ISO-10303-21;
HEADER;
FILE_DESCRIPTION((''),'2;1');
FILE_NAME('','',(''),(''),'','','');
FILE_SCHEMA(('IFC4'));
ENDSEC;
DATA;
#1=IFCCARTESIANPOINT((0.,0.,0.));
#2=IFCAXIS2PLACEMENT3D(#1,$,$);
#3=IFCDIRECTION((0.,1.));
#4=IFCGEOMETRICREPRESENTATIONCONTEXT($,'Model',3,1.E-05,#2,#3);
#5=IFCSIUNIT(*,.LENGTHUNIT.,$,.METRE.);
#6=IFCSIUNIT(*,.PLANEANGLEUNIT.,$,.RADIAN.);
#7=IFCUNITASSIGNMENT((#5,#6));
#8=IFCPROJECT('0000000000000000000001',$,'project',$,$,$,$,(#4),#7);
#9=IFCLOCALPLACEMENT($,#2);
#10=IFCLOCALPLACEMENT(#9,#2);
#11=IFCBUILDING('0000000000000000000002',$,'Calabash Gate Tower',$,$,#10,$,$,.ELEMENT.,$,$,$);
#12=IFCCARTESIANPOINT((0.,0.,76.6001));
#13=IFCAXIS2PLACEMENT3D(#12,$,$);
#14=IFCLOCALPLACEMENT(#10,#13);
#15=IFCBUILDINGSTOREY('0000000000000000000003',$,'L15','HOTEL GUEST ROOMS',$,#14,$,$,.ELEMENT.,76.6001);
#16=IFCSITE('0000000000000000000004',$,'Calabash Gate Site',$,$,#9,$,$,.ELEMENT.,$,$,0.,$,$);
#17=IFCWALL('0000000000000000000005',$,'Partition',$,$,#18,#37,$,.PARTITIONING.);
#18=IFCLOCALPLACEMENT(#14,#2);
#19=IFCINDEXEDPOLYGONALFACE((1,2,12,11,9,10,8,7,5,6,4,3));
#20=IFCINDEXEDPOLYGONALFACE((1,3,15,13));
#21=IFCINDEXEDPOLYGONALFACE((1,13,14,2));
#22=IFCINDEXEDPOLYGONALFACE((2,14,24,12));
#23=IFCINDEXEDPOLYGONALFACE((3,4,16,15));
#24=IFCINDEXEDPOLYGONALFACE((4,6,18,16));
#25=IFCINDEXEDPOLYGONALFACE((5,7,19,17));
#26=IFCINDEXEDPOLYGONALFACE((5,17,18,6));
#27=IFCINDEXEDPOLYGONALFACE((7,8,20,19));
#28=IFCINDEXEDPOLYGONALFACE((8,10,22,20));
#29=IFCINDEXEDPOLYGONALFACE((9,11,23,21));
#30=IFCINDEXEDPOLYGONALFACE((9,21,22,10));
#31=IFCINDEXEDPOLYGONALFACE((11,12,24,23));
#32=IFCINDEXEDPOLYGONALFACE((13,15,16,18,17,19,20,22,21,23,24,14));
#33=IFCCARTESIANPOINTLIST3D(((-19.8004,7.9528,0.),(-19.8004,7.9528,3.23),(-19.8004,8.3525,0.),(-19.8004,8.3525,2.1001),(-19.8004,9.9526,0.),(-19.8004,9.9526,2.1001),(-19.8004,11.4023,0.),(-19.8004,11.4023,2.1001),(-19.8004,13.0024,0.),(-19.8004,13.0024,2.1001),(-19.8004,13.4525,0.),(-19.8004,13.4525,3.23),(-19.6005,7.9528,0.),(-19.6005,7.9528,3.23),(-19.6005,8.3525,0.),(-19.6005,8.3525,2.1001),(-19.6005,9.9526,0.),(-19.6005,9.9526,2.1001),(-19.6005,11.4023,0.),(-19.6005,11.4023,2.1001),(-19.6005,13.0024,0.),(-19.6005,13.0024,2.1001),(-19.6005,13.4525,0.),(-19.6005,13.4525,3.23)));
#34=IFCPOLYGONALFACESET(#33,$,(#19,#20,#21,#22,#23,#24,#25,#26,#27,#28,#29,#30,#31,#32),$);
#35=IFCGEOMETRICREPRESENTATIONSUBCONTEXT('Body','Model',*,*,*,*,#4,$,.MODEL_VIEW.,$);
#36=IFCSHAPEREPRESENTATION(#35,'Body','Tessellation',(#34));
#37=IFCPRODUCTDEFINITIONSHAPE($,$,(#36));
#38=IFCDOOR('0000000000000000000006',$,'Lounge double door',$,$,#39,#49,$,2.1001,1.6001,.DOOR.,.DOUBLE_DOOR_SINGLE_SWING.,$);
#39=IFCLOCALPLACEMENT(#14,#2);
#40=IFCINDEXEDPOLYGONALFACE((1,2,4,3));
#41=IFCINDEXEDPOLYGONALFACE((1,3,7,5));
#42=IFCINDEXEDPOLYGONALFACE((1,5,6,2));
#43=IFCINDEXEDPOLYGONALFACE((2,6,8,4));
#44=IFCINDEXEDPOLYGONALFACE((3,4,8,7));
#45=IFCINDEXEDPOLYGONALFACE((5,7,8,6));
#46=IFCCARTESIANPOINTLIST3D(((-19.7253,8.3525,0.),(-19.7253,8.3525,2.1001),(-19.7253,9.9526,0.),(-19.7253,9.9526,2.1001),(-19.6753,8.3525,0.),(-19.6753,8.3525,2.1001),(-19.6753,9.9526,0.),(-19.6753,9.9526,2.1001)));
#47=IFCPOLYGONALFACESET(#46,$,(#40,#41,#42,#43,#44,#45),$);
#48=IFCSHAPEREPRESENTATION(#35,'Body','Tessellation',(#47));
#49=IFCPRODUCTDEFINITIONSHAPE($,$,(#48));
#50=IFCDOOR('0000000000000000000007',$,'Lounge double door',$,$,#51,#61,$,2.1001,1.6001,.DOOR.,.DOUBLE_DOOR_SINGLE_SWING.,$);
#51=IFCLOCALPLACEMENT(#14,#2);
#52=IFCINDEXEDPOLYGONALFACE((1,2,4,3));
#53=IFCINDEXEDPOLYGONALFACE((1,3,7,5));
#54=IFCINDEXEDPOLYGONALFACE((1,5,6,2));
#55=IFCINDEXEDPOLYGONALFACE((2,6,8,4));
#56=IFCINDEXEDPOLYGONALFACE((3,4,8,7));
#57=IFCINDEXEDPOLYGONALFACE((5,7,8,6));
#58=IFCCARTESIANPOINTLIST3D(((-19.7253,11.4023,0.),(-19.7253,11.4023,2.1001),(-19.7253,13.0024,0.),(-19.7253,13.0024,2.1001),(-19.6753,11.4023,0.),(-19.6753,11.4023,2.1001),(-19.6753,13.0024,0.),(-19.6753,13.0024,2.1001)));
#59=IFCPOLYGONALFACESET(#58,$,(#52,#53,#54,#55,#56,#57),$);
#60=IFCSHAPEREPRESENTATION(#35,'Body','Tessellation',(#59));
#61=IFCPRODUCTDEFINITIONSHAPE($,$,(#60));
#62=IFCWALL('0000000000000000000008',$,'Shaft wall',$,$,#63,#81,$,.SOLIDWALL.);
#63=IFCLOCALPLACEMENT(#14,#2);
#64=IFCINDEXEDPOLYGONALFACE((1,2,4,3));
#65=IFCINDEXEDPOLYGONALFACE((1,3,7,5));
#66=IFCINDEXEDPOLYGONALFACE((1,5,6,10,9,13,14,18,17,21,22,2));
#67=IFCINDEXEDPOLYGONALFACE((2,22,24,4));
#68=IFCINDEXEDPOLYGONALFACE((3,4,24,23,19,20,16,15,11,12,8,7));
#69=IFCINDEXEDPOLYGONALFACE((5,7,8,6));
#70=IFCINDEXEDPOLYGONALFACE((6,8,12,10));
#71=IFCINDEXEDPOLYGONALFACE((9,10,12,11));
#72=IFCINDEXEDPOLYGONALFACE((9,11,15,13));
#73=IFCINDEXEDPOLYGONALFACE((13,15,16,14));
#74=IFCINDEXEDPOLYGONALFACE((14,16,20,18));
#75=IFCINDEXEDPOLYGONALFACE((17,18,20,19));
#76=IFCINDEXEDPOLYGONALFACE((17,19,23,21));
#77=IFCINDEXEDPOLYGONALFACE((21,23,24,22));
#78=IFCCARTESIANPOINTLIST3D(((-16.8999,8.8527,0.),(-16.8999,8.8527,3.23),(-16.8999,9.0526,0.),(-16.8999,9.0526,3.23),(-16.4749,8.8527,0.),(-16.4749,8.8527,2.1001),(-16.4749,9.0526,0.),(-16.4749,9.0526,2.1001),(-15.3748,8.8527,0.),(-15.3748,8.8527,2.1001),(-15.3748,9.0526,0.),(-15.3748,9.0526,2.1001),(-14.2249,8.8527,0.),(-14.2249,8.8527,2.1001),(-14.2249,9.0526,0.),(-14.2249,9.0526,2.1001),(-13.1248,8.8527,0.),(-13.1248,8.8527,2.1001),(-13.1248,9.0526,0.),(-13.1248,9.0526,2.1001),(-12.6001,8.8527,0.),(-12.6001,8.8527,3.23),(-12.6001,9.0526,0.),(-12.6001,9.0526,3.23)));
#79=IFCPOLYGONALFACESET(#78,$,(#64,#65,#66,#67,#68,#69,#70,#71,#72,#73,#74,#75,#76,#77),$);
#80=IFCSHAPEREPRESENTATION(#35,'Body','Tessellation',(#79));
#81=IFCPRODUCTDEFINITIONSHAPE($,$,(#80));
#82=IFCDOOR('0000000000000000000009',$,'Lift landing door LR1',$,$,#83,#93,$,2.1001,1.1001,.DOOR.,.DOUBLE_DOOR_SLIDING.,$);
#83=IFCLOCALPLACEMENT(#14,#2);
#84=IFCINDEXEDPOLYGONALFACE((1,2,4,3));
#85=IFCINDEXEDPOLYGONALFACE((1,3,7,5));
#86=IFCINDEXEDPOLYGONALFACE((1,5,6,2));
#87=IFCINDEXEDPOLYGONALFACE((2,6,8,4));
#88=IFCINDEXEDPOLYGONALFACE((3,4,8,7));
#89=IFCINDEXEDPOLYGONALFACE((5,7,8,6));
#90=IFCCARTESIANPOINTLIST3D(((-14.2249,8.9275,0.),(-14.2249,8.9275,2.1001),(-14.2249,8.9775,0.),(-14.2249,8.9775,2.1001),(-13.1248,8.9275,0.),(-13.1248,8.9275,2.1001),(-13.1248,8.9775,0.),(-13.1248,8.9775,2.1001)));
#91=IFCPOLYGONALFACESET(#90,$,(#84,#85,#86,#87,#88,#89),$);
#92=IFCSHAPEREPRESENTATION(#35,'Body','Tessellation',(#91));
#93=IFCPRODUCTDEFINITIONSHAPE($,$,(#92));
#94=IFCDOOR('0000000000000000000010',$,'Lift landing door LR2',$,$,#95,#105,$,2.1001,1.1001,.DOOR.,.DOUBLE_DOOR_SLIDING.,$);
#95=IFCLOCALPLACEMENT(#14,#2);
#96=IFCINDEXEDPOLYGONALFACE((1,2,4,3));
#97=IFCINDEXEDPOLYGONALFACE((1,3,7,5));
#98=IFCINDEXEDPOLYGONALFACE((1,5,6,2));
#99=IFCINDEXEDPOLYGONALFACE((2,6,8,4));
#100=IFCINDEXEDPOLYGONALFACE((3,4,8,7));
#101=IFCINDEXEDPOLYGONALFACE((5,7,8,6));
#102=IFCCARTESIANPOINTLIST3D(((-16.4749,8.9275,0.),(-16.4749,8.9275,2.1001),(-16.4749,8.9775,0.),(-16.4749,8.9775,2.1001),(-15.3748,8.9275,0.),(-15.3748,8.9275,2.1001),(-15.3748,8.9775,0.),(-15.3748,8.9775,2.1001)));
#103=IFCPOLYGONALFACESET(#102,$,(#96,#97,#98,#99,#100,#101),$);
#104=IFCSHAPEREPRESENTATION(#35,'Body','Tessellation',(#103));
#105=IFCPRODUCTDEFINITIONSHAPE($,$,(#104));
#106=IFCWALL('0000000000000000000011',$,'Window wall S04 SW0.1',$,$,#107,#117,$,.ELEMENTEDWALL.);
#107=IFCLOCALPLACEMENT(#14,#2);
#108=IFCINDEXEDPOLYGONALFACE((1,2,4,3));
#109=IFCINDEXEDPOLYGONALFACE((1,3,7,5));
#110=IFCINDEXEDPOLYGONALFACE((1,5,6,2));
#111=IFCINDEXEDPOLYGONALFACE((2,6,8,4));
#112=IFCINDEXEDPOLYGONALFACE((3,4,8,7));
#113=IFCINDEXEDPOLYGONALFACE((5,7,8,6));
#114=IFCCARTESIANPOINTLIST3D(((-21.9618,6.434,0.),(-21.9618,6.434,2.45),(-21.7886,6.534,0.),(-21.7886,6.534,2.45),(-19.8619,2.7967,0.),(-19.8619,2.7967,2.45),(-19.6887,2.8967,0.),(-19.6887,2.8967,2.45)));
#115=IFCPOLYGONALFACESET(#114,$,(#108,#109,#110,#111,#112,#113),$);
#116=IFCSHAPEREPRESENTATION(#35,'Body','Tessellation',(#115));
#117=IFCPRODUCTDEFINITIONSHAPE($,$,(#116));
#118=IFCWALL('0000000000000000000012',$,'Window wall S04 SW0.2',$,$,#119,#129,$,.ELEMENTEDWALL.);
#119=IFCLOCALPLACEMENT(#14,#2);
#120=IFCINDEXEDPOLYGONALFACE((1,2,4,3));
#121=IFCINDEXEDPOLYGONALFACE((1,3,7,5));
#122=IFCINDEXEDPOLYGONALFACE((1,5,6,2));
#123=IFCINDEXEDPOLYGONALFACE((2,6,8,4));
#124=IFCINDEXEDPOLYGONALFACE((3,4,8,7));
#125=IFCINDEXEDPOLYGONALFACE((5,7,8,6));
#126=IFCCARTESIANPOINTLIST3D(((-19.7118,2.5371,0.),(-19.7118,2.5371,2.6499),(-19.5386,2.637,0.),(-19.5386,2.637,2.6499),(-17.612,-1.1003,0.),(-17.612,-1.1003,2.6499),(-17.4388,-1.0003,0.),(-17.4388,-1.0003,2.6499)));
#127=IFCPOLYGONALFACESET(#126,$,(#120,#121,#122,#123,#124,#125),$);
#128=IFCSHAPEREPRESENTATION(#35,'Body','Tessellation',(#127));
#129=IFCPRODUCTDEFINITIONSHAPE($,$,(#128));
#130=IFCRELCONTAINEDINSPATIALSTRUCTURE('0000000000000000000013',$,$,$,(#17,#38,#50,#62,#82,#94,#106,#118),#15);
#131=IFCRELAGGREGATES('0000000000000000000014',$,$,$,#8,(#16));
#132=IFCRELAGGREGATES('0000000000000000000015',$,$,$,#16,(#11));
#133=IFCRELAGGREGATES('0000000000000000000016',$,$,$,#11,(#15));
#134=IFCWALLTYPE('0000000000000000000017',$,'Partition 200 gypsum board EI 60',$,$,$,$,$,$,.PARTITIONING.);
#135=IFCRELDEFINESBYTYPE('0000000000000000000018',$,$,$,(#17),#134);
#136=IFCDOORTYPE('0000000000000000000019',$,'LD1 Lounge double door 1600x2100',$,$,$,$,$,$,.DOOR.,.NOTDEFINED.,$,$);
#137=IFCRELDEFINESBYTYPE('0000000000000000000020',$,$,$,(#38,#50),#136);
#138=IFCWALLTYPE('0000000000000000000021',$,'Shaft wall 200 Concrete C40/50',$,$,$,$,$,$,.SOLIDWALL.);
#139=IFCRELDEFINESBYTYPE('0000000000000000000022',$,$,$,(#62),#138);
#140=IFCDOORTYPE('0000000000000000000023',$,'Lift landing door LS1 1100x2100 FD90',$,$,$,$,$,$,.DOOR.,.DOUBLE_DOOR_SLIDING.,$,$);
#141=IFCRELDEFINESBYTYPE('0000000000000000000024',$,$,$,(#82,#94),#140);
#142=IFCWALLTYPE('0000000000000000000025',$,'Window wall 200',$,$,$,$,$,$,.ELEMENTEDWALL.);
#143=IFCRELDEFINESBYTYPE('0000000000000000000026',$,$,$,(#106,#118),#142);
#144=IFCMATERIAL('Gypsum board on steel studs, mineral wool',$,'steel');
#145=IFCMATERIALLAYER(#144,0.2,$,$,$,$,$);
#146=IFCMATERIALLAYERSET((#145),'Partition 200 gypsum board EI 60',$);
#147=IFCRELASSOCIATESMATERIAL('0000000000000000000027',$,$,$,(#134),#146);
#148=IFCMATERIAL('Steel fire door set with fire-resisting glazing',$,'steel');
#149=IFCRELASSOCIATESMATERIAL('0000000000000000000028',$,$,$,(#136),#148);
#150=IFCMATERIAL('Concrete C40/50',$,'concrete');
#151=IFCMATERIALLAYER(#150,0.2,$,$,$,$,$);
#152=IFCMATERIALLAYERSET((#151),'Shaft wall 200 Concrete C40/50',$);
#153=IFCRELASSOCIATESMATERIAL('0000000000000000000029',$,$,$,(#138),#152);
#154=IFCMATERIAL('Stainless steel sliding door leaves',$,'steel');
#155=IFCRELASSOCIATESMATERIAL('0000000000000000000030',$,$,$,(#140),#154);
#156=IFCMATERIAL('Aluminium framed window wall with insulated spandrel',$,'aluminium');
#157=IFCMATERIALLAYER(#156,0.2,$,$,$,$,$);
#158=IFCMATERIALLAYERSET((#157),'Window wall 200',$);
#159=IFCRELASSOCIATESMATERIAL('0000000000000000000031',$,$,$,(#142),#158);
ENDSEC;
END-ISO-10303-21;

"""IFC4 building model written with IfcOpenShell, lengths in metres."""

from ifc_helpers import new_model, si_unit, direction, frame, frame_2d, origin, place, context, subcontext, project, spatial, rectangle, extrude, material, layer, layer_set, type_object, element, fill, save


model = new_model("IFC4")

# Units and contexts
model_context = context("Model", 3, precision=1e-05, world=origin(), true_north=direction((0.0, 1.0)))
body_context = subcontext(model_context, "Body", "Model", "MODEL_VIEW")
ifc_project = project(units=[si_unit("LENGTHUNIT", "METRE"), si_unit("PLANEANGLEUNIT", "RADIAN")], contexts=[model_context])

# Site, building, storey
site_placement = place(None, origin())
site = spatial("IfcSite", under=ifc_project, at=site_placement, Name="Calabash Gate Site", CompositionType="ELEMENT", RefElevation=0.0)
building_placement = place(site_placement, origin())
building = spatial("IfcBuilding", under=site, at=building_placement, Name="Calabash Gate Tower", CompositionType="ELEMENT")
storey_placement = place(building_placement, frame((0.0, 0.0, 76.6001)))
storey = spatial("IfcBuildingStorey", under=building, at=storey_placement, Name="L15", Description="HOTEL GUEST ROOMS", CompositionType="ELEMENT", Elevation=76.6001)

# Shared definitions
ifc_material_1 = material(Name="Gypsum board on steel studs, mineral wool", Category="steel")
ifc_layer_1 = layer(ifc_material_1, 0.2)
ifc_layer_set_1 = layer_set([ifc_layer_1], Name="Partition 200 gypsum board EI 60")
wall_type_1 = type_object("IfcWallType", Name="Partition 200 gypsum board EI 60", PredefinedType="PARTITIONING", material=ifc_layer_set_1)

# Walls, openings, doors
wall_1_placement = place(storey_placement, frame((-19.7004, 7.9526, 0.0), z_axis=(0.0, 0.0, 1.0), x_axis=(0.0, 1.0, 0.0)))
wall_1 = element("IfcWall", 1, at=wall_1_placement, inside=storey, type_object=wall_type_1, Name="Partition", PredefinedType="PARTITIONING", context=body_context, shape_type="SweptSolid", body=[
    extrude(rectangle(XDim=5.4998, YDim=0.2, at=frame_2d((2.75, 0.0))), origin(), (0.0, 0.0, 1.0), 3.23),
])
opening_1_placement = place(wall_1_placement, frame((0.3999, 0.0, 0.0)))
opening_1 = element("IfcOpeningElement", 2, at=opening_1_placement, cuts=wall_1, PredefinedType="OPENING", context=body_context, shape_type="SweptSolid", body=[
    extrude(rectangle(XDim=1.6001, YDim=2.1001, at=frame_2d((0.8, 1.05))), frame((0.0, 0.1099, 0.0), z_axis=(0.0, -1.0, 0.0), x_axis=(1.0, 0.0, 0.0)), (0.0, 0.0, 1.0), 0.22),
])
opening_2_placement = place(wall_1_placement, frame((3.4497, 0.0, 0.0)))
opening_2 = element("IfcOpeningElement", 3, at=opening_2_placement, cuts=wall_1, PredefinedType="OPENING", context=body_context, shape_type="SweptSolid", body=[
    extrude(rectangle(XDim=1.6001, YDim=2.1001, at=frame_2d((0.8, 1.05))), frame((0.0, 0.1099, 0.0), z_axis=(0.0, -1.0, 0.0), x_axis=(1.0, 0.0, 0.0)), (0.0, 0.0, 1.0), 0.22),
])
ifc_material_2 = material(Name="Steel fire door set with fire-resisting glazing", Category="steel")
door_type_1 = type_object("IfcDoorType", Name="LD1 Lounge double door 1600x2100", OperationType="NOTDEFINED", PredefinedType="DOOR", material=ifc_material_2)
door_1_placement = place(opening_1_placement, origin())
door_1 = element("IfcDoor", 4, at=door_1_placement, inside=storey, type_object=door_type_1, Name="Lounge double door", OperationType="DOUBLE_DOOR_SINGLE_SWING", OverallHeight=2.1001, OverallWidth=1.6001, PredefinedType="DOOR", context=body_context, shape_type="SweptSolid", body=[
    extrude(rectangle(XDim=1.6001, YDim=2.1001, at=frame_2d((0.8, 1.05))), frame((0.0, 0.0249, 0.0), z_axis=(0.0, -1.0, 0.0), x_axis=(1.0, 0.0, 0.0)), (0.0, 0.0, 1.0), 0.05),
])
fill(opening_1, door_1)
door_2_placement = place(opening_2_placement, origin())
door_2 = element("IfcDoor", 5, at=door_2_placement, inside=storey, type_object=door_type_1, Name="Lounge double door", OperationType="DOUBLE_DOOR_SINGLE_SWING", OverallHeight=2.1001, OverallWidth=1.6001, PredefinedType="DOOR", context=body_context, shape_type="SweptSolid", body=[
    extrude(rectangle(XDim=1.6001, YDim=2.1001, at=frame_2d((0.8, 1.05))), frame((0.0, 0.0249, 0.0), z_axis=(0.0, -1.0, 0.0), x_axis=(1.0, 0.0, 0.0)), (0.0, 0.0, 1.0), 0.05),
])
fill(opening_2, door_2)
ifc_material_3 = material(Name="Concrete C40/50", Category="concrete")
ifc_layer_2 = layer(ifc_material_3, 0.2)
ifc_layer_set_2 = layer_set([ifc_layer_2], Name="Shaft wall 200 Concrete C40/50")
wall_type_2 = type_object("IfcWallType", Name="Shaft wall 200 Concrete C40/50", PredefinedType="SOLIDWALL", material=ifc_layer_set_2)
wall_2_placement = place(storey_placement, frame((-16.8999, 8.9526, 0.0), z_axis=(0.0, 0.0, 1.0), x_axis=(1.0, 0.0, 0.0)))
wall_2 = element("IfcWall", 6, at=wall_2_placement, inside=storey, type_object=wall_type_2, Name="Shaft wall", PredefinedType="SOLIDWALL", context=body_context, shape_type="SweptSolid", body=[
    extrude(rectangle(XDim=4.2998, YDim=0.2, at=frame_2d((2.1499, 0.0))), origin(), (0.0, 0.0, 1.0), 3.23),
])
opening_3_placement = place(wall_2_placement, frame((2.675, 0.0, 0.0)))
opening_3 = element("IfcOpeningElement", 7, at=opening_3_placement, cuts=wall_2, PredefinedType="OPENING", context=body_context, shape_type="SweptSolid", body=[
    extrude(rectangle(XDim=1.1001, YDim=2.1001, at=frame_2d((0.55, 1.05))), frame((0.0, 0.1099, 0.0), z_axis=(0.0, -1.0, 0.0), x_axis=(1.0, 0.0, 0.0)), (0.0, 0.0, 1.0), 0.22),
])
opening_4_placement = place(wall_2_placement, frame((0.425, 0.0, 0.0)))
opening_4 = element("IfcOpeningElement", 8, at=opening_4_placement, cuts=wall_2, PredefinedType="OPENING", context=body_context, shape_type="SweptSolid", body=[
    extrude(rectangle(XDim=1.1001, YDim=2.1001, at=frame_2d((0.55, 1.05))), frame((0.0, 0.1099, 0.0), z_axis=(0.0, -1.0, 0.0), x_axis=(1.0, 0.0, 0.0)), (0.0, 0.0, 1.0), 0.22),
])
ifc_material_4 = material(Name="Stainless steel sliding door leaves", Category="steel")
door_type_2 = type_object("IfcDoorType", Name="Lift landing door LS1 1100x2100 FD90", OperationType="DOUBLE_DOOR_SLIDING", PredefinedType="DOOR", material=ifc_material_4)
door_3_placement = place(opening_3_placement, origin())
door_3 = element("IfcDoor", 9, at=door_3_placement, inside=storey, type_object=door_type_2, Name="Lift landing door LR1", OperationType="DOUBLE_DOOR_SLIDING", OverallHeight=2.1001, OverallWidth=1.1001, PredefinedType="DOOR", context=body_context, shape_type="SweptSolid", body=[
    extrude(rectangle(XDim=1.1001, YDim=2.1001, at=frame_2d((0.55, 1.05))), frame((0.0, 0.0249, 0.0), z_axis=(0.0, -1.0, 0.0), x_axis=(1.0, 0.0, 0.0)), (0.0, 0.0, 1.0), 0.05),
])
fill(opening_3, door_3)
door_4_placement = place(opening_4_placement, origin())
door_4 = element("IfcDoor", 10, at=door_4_placement, inside=storey, type_object=door_type_2, Name="Lift landing door LR2", OperationType="DOUBLE_DOOR_SLIDING", OverallHeight=2.1001, OverallWidth=1.1001, PredefinedType="DOOR", context=body_context, shape_type="SweptSolid", body=[
    extrude(rectangle(XDim=1.1001, YDim=2.1001, at=frame_2d((0.55, 1.05))), frame((0.0, 0.0249, 0.0), z_axis=(0.0, -1.0, 0.0), x_axis=(1.0, 0.0, 0.0)), (0.0, 0.0, 1.0), 0.05),
])
fill(opening_4, door_4)

# Walls
ifc_material_5 = material(Name="Aluminium framed window wall with insulated spandrel", Category="aluminium")
ifc_layer_3 = layer(ifc_material_5, 0.2)
ifc_layer_set_3 = layer_set([ifc_layer_3], Name="Window wall 200")
wall_type_3 = type_object("IfcWallType", Name="Window wall 200", PredefinedType="ELEMENTEDWALL", material=ifc_layer_set_3)
wall_3_placement = place(storey_placement, frame((-21.8752, 6.4841, 0.0), z_axis=(0.0, 0.0, 1.0), x_axis=(0.499984, -0.866035, 0.0)))
element("IfcWall", 11, at=wall_3_placement, inside=storey, type_object=wall_type_3, Name="Window wall S04 SW0.1", PredefinedType="ELEMENTEDWALL", context=body_context, shape_type="SweptSolid", body=[
    extrude(rectangle(XDim=4.2, YDim=0.2, at=frame_2d((2.1001, 0.0))), origin(), (0.0, 0.0, 1.0), 2.45),
])
wall_4_placement = place(storey_placement, frame((-19.6252, 2.5872, 0.0), z_axis=(0.0, 0.0, 1.0), x_axis=(0.499959, -0.866049, 0.0)))
element("IfcWall", 12, at=wall_4_placement, inside=storey, type_object=wall_type_3, Name="Window wall S04 SW0.2", PredefinedType="ELEMENTEDWALL", context=body_context, shape_type="SweptSolid", body=[
    extrude(rectangle(XDim=4.2, YDim=0.2, at=frame_2d((2.1001, 0.0))), origin(), (0.0, 0.0, 1.0), 2.6499),
])

save(model, "model.ifc")
